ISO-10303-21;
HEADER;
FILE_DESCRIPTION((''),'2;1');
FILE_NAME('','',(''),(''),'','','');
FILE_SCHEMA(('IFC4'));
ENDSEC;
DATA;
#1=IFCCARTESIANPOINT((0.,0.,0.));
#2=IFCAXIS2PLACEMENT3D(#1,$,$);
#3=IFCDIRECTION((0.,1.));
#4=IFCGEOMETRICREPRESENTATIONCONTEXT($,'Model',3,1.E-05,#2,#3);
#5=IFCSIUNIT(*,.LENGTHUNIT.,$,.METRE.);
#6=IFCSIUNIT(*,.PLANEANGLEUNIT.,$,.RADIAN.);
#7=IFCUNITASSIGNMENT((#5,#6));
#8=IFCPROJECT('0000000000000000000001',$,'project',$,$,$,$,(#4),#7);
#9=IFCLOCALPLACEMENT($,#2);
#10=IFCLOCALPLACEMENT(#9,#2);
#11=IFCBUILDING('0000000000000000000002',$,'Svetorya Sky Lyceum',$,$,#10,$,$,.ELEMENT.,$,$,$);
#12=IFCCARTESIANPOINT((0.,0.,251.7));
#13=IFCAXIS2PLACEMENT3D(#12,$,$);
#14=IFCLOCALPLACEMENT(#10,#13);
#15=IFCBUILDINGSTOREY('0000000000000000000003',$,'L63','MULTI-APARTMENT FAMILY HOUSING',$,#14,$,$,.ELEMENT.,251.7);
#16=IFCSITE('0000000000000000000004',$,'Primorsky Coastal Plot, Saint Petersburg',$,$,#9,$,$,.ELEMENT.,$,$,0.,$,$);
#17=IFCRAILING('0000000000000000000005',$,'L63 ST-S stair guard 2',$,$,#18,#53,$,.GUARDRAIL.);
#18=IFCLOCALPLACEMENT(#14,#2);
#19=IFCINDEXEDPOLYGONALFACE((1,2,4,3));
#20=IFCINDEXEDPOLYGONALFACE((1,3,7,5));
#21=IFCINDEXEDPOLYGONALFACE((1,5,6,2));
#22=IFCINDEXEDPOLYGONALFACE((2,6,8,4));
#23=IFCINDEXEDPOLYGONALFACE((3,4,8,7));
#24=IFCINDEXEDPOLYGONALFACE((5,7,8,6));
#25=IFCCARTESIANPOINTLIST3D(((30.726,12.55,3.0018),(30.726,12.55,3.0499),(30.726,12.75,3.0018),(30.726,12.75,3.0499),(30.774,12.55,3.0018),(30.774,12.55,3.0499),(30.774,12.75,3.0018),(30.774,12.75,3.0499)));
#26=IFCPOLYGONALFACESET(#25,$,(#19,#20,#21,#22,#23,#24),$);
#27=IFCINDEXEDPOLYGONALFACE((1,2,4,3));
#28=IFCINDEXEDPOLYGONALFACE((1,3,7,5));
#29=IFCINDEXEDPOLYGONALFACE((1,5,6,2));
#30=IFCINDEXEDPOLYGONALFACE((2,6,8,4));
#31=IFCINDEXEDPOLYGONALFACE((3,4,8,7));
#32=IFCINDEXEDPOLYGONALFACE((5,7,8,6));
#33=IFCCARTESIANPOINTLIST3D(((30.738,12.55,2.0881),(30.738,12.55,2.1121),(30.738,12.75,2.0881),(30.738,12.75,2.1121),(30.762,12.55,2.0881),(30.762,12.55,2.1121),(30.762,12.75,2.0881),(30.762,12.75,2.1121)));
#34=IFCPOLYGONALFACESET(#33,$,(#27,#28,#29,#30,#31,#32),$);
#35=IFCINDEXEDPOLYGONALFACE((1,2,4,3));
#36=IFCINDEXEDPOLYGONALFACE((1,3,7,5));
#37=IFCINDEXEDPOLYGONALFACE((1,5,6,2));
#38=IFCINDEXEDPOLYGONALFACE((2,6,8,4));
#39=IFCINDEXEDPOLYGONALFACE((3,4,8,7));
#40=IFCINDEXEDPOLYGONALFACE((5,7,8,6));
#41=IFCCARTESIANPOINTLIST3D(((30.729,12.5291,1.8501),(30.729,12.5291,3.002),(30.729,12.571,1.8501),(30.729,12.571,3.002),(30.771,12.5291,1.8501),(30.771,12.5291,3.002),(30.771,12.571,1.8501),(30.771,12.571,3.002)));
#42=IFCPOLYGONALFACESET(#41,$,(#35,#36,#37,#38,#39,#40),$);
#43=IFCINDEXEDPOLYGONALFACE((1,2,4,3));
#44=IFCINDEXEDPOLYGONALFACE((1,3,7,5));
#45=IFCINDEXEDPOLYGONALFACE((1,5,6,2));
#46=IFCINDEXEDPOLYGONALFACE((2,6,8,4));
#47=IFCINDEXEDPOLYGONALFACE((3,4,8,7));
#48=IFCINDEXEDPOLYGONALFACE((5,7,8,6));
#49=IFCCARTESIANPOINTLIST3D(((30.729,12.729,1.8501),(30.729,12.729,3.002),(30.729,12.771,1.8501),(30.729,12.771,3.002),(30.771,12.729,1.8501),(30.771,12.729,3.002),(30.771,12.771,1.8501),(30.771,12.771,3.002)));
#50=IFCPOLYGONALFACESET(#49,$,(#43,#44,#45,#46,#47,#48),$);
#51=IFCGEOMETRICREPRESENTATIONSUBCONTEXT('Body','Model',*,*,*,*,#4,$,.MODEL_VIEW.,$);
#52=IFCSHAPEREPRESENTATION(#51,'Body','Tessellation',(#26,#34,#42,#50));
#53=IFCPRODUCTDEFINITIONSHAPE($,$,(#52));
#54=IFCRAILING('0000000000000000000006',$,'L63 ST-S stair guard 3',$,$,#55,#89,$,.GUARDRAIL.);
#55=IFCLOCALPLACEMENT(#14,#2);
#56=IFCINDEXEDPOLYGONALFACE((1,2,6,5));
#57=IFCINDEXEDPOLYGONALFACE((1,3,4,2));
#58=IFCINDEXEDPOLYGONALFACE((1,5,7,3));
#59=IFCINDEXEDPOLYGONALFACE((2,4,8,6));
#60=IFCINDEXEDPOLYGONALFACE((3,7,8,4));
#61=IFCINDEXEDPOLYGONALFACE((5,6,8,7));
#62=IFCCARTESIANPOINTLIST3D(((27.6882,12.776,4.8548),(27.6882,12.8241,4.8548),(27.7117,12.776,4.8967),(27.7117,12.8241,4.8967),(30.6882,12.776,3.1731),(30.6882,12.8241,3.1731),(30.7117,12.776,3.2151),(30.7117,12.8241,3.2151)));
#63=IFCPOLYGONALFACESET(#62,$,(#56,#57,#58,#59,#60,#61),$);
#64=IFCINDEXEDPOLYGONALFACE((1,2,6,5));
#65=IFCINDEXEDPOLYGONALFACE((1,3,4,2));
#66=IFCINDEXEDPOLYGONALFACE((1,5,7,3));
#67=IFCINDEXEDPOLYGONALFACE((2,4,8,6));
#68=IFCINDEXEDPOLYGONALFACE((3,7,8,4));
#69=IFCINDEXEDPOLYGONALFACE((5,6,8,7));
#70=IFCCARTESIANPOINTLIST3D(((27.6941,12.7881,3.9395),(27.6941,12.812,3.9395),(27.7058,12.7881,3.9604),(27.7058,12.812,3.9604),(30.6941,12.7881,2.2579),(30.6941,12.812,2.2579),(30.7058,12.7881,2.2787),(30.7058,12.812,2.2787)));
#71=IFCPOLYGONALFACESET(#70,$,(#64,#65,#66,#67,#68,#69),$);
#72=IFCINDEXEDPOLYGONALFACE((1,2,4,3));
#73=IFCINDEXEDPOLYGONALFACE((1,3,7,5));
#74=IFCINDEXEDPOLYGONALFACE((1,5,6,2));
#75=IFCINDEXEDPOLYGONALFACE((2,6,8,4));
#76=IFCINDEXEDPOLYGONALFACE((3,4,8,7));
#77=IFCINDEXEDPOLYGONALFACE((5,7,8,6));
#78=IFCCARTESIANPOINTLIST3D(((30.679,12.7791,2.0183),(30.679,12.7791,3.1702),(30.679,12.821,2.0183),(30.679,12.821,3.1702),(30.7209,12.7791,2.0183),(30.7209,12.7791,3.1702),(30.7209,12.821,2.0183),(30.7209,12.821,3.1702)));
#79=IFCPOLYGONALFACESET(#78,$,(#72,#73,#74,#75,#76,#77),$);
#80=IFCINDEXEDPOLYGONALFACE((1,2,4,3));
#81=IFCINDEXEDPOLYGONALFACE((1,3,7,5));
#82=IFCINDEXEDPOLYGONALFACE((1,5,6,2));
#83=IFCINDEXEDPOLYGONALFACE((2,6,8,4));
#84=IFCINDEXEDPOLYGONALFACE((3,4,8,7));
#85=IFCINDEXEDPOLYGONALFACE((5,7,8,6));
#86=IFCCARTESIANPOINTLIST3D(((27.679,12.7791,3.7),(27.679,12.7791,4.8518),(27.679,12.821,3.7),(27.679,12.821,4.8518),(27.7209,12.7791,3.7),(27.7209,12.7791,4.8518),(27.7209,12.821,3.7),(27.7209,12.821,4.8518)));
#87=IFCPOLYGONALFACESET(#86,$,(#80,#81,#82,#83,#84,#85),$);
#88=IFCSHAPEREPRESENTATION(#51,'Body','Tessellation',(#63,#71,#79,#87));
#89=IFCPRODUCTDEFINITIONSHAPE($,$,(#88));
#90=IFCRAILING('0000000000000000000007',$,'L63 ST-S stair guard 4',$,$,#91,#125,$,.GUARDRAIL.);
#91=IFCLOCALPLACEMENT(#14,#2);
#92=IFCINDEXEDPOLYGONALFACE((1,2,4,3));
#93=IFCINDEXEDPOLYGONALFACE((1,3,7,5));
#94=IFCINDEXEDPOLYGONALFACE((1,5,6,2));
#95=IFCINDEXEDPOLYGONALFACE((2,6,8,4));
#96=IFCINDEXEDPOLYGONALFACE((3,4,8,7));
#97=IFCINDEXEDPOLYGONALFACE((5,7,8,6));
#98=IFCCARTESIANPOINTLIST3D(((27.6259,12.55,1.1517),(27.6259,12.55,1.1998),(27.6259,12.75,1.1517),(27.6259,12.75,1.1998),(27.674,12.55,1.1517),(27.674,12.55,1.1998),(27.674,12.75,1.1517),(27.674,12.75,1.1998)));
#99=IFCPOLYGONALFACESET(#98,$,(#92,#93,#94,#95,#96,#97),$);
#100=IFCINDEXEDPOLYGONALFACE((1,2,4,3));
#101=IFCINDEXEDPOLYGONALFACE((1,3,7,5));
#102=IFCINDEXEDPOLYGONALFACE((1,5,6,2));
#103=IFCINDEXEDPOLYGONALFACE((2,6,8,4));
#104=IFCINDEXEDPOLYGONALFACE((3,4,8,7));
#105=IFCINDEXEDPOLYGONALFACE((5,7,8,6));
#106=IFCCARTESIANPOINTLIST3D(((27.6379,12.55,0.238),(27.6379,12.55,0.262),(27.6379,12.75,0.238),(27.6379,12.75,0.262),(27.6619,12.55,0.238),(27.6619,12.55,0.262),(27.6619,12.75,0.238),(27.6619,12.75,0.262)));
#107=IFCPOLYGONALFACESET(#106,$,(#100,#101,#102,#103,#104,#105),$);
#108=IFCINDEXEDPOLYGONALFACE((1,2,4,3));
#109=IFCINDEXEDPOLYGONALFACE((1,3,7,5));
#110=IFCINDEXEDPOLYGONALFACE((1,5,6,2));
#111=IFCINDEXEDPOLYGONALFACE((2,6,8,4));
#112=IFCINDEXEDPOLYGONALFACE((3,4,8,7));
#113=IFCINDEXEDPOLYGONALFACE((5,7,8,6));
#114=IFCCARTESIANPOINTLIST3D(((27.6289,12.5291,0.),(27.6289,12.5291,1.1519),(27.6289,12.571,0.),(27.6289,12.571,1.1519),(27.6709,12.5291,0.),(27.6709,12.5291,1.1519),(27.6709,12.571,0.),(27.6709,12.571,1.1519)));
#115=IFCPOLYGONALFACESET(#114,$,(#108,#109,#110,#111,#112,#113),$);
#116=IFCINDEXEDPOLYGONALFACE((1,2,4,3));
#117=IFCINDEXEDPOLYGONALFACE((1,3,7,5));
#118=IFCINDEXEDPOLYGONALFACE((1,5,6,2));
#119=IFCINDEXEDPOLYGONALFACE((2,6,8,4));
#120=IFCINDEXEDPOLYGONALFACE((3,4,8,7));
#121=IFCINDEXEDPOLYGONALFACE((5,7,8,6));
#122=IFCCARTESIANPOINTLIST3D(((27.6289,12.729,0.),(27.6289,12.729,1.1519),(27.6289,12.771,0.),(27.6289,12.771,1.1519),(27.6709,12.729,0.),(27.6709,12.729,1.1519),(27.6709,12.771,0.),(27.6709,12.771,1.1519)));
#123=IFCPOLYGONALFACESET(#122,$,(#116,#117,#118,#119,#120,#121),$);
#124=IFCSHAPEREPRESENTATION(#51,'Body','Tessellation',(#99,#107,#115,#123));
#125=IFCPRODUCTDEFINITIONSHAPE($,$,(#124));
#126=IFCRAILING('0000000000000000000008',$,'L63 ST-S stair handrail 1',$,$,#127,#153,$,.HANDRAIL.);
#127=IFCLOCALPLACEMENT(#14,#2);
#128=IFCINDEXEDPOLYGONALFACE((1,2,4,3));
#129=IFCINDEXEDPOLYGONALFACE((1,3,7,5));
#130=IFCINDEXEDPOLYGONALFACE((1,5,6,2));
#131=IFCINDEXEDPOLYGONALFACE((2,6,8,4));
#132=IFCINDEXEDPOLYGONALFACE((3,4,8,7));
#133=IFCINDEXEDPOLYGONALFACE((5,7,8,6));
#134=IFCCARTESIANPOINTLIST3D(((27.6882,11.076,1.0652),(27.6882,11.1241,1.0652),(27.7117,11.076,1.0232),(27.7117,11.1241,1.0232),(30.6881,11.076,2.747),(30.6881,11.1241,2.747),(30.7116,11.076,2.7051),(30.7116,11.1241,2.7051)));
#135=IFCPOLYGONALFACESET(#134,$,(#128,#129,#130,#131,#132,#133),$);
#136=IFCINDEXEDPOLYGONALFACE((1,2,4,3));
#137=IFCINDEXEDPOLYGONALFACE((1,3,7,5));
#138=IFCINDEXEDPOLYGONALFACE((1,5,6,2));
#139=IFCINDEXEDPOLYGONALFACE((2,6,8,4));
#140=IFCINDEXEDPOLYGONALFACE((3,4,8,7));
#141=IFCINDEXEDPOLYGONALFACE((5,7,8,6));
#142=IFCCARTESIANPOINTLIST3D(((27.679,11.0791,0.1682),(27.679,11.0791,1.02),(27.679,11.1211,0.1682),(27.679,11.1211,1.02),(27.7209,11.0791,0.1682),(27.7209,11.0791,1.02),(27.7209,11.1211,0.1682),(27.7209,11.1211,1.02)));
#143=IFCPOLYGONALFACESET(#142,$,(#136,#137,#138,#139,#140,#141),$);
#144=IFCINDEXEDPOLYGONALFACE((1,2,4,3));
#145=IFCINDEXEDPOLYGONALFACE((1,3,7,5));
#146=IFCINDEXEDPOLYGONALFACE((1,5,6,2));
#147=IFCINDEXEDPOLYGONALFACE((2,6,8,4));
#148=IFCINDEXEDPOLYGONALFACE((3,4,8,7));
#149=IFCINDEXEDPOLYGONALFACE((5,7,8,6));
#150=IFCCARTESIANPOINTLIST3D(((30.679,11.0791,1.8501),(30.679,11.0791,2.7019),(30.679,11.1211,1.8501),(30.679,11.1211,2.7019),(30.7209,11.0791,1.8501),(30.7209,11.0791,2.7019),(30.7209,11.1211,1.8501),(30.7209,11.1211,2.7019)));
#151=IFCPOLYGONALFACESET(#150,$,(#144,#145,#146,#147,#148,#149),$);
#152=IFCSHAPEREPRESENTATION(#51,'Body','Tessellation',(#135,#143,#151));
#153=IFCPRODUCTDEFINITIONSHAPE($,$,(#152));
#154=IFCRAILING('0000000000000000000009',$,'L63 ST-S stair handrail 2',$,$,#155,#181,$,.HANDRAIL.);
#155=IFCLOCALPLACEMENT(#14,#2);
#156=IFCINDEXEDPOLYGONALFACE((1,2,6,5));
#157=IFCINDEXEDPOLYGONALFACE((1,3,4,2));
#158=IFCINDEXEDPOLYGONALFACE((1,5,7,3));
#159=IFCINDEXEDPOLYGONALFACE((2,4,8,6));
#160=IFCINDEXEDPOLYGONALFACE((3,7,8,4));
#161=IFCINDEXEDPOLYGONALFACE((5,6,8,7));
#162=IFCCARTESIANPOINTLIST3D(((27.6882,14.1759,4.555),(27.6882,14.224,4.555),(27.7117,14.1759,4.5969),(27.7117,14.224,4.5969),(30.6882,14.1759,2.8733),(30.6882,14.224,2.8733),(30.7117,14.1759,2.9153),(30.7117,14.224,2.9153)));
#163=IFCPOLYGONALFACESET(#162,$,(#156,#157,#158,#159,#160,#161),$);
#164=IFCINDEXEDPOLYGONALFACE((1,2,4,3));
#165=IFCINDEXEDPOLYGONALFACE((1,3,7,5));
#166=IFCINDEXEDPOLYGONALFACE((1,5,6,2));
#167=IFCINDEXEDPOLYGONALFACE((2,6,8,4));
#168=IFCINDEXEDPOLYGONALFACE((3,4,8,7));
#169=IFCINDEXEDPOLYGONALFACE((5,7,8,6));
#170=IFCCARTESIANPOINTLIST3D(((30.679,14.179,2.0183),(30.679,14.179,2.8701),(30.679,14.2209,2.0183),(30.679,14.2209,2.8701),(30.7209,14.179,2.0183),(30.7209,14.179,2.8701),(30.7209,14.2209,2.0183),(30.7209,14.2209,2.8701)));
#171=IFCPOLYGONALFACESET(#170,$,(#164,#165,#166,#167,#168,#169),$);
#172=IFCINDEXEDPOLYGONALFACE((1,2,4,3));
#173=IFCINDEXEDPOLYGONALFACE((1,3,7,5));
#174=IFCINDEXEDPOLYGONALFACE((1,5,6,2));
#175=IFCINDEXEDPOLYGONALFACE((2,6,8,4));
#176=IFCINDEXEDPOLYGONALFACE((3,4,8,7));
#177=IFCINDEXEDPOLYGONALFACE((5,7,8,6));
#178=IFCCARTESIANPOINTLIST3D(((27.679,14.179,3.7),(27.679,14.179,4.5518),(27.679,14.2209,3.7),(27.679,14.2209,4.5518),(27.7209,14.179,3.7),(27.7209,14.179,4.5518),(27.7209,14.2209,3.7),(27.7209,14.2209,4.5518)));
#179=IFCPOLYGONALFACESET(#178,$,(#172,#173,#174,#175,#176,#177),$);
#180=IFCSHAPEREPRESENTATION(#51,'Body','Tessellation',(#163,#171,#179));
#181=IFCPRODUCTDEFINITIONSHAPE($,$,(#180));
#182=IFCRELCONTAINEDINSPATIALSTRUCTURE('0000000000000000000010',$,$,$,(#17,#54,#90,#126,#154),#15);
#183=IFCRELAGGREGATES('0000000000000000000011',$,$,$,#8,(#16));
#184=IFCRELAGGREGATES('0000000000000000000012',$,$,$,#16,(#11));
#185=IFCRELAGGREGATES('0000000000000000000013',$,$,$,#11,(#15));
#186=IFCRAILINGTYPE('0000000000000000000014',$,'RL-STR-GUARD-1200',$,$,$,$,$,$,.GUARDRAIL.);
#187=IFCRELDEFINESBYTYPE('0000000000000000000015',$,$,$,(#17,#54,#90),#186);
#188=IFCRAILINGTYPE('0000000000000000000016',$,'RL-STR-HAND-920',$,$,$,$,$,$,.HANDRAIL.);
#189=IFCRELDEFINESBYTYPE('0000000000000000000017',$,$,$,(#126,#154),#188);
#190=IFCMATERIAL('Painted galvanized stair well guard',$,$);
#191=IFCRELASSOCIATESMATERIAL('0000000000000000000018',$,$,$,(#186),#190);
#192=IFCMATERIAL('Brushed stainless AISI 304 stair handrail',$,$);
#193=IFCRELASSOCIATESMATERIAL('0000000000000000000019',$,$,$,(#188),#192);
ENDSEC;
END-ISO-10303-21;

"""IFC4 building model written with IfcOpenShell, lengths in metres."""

from ifc_helpers import new_model, si_unit, direction, frame, origin, origin_2d, place, context, subcontext, project, spatial, rectangle, extrude, material, type_object, element, save


model = new_model("IFC4")

# Units and contexts
model_context = context("Model", 3, precision=1e-05, world=origin(), true_north=direction((0.0, 1.0)))
body_context = subcontext(model_context, "Body", "Model", "MODEL_VIEW")
ifc_project = project(units=[si_unit("LENGTHUNIT", "METRE"), si_unit("PLANEANGLEUNIT", "RADIAN")], contexts=[model_context])

# Site, building, storey
site_placement = place(None, origin())
site = spatial("IfcSite", under=ifc_project, at=site_placement, Name="Primorsky Coastal Plot, Saint Petersburg", CompositionType="ELEMENT", RefElevation=0.0)
building_placement = place(site_placement, origin())
building = spatial("IfcBuilding", under=site, at=building_placement, Name="Svetorya Sky Lyceum", CompositionType="ELEMENT")
storey_placement = place(building_placement, frame((0.0, 0.0, 251.7)))
storey = spatial("IfcBuildingStorey", under=building, at=storey_placement, Name="L63", Description="MULTI-APARTMENT FAMILY HOUSING", CompositionType="ELEMENT", Elevation=251.7)

# Railings
ifc_material_1 = material(Name="Painted galvanized stair well guard")
railing_type_1 = type_object("IfcRailingType", Name="RL-STR-GUARD-1200", PredefinedType="GUARDRAIL", material=ifc_material_1)
railing_1_placement = place(storey_placement, frame((30.75, 12.55, 1.8501)))
element("IfcRailing", 1, at=railing_1_placement, inside=storey, type_object=railing_type_1, Name="L63 ST-S stair guard 2", PredefinedType="GUARDRAIL", context=body_context, shape_type="SweptSolid", body=[
    extrude(rectangle(XDim=0.0481, YDim=0.0481, at=origin_2d()), frame((0.0, 0.0, 1.1758), z_axis=(0.0, 1.0, 0.0), x_axis=(-1.0, 0.0, 0.0)), (0.0, 0.0, 1.0), 0.2),
    extrude(rectangle(XDim=0.0239, YDim=0.0239, at=origin_2d()), frame((0.0, 0.0, 0.25), z_axis=(0.0, 1.0, 0.0), x_axis=(-1.0, 0.0, 0.0)), (0.0, 0.0, 1.0), 0.2),
    extrude(rectangle(XDim=0.042, YDim=0.042, at=origin_2d()), origin(), (0.0, 0.0, 1.0), 1.1519),
    extrude(rectangle(XDim=0.042, YDim=0.042, at=origin_2d()), frame((0.0, 0.2, 0.0)), (0.0, 0.0, 1.0), 1.1519),
])
railing_2_placement = place(storey_placement, frame((30.7, 12.8, 2.0183)))
element("IfcRailing", 2, at=railing_2_placement, inside=storey, type_object=railing_type_1, Name="L63 ST-S stair guard 3", PredefinedType="GUARDRAIL", context=body_context, shape_type="SweptSolid", body=[
    extrude(rectangle(XDim=0.0481, YDim=0.0481, at=origin_2d()), frame((0.0, 0.0, 1.1758), z_axis=(-0.872303, 0.0, 0.488966), x_axis=(0.0, -1.0, 0.0)), (0.0, 0.0, 1.0), 3.4392),
    extrude(rectangle(XDim=0.0239, YDim=0.0239, at=origin_2d()), frame((0.0, 0.0, 0.25), z_axis=(-0.872303, 0.0, 0.488966), x_axis=(0.0, -1.0, 0.0)), (0.0, 0.0, 1.0), 3.4392),
    extrude(rectangle(XDim=0.042, YDim=0.042, at=origin_2d()), origin(), (0.0, 0.0, 1.0), 1.1519),
    extrude(rectangle(XDim=0.042, YDim=0.042, at=origin_2d()), frame((-3.0, 0.0, 1.6816)), (0.0, 0.0, 1.0), 1.1519),
])
railing_3_placement = place(storey_placement, frame((27.6499, 12.55, 0.0)))
element("IfcRailing", 3, at=railing_3_placement, inside=storey, type_object=railing_type_1, Name="L63 ST-S stair guard 4", PredefinedType="GUARDRAIL", context=body_context, shape_type="SweptSolid", body=[
    extrude(rectangle(XDim=0.0481, YDim=0.0481, at=origin_2d()), frame((0.0, 0.0, 1.1758), z_axis=(0.0, 1.0, 0.0), x_axis=(-1.0, 0.0, 0.0)), (0.0, 0.0, 1.0), 0.2),
    extrude(rectangle(XDim=0.0239, YDim=0.0239, at=origin_2d()), frame((0.0, 0.0, 0.25), z_axis=(0.0, 1.0, 0.0), x_axis=(-1.0, 0.0, 0.0)), (0.0, 0.0, 1.0), 0.2),
    extrude(rectangle(XDim=0.042, YDim=0.042, at=origin_2d()), origin(), (0.0, 0.0, 1.0), 1.1519),
    extrude(rectangle(XDim=0.042, YDim=0.042, at=origin_2d()), frame((0.0, 0.2, 0.0)), (0.0, 0.0, 1.0), 1.1519),
])
ifc_material_2 = material(Name="Brushed stainless AISI 304 stair handrail")
railing_type_2 = type_object("IfcRailingType", Name="RL-STR-HAND-920", PredefinedType="HANDRAIL", material=ifc_material_2)
railing_4_placement = place(storey_placement, frame((27.7, 11.1001, 0.1682)))
element("IfcRailing", 4, at=railing_4_placement, inside=storey, type_object=railing_type_2, Name="L63 ST-S stair handrail 1", PredefinedType="HANDRAIL", context=body_context, shape_type="SweptSolid", body=[
    extrude(rectangle(XDim=0.0481, YDim=0.0481, at=origin_2d()), frame((0.0, 0.0, 0.876), z_axis=(0.872272, 0.0, 0.48902), x_axis=(0.0, 1.0, 0.0)), (0.0, 0.0, 1.0), 3.4392),
    extrude(rectangle(XDim=0.042, YDim=0.042, at=origin_2d()), origin(), (0.0, 0.0, 1.0), 0.8518),
    extrude(rectangle(XDim=0.042, YDim=0.042, at=origin_2d()), frame((3.0, 0.0, 1.6819)), (0.0, 0.0, 1.0), 0.8518),
])
railing_5_placement = place(storey_placement, frame((30.7, 14.2, 2.0183)))
element("IfcRailing", 5, at=railing_5_placement, inside=storey, type_object=railing_type_2, Name="L63 ST-S stair handrail 2", PredefinedType="HANDRAIL", context=body_context, shape_type="SweptSolid", body=[
    extrude(rectangle(XDim=0.0481, YDim=0.0481, at=origin_2d()), frame((0.0, 0.0, 0.876), z_axis=(-0.872303, 0.0, 0.488966), x_axis=(0.0, -1.0, 0.0)), (0.0, 0.0, 1.0), 3.4392),
    extrude(rectangle(XDim=0.042, YDim=0.042, at=origin_2d()), origin(), (0.0, 0.0, 1.0), 0.8518),
    extrude(rectangle(XDim=0.042, YDim=0.042, at=origin_2d()), frame((-3.0, 0.0, 1.6816)), (0.0, 0.0, 1.0), 0.8518),
])

save(model, "model.ifc")
